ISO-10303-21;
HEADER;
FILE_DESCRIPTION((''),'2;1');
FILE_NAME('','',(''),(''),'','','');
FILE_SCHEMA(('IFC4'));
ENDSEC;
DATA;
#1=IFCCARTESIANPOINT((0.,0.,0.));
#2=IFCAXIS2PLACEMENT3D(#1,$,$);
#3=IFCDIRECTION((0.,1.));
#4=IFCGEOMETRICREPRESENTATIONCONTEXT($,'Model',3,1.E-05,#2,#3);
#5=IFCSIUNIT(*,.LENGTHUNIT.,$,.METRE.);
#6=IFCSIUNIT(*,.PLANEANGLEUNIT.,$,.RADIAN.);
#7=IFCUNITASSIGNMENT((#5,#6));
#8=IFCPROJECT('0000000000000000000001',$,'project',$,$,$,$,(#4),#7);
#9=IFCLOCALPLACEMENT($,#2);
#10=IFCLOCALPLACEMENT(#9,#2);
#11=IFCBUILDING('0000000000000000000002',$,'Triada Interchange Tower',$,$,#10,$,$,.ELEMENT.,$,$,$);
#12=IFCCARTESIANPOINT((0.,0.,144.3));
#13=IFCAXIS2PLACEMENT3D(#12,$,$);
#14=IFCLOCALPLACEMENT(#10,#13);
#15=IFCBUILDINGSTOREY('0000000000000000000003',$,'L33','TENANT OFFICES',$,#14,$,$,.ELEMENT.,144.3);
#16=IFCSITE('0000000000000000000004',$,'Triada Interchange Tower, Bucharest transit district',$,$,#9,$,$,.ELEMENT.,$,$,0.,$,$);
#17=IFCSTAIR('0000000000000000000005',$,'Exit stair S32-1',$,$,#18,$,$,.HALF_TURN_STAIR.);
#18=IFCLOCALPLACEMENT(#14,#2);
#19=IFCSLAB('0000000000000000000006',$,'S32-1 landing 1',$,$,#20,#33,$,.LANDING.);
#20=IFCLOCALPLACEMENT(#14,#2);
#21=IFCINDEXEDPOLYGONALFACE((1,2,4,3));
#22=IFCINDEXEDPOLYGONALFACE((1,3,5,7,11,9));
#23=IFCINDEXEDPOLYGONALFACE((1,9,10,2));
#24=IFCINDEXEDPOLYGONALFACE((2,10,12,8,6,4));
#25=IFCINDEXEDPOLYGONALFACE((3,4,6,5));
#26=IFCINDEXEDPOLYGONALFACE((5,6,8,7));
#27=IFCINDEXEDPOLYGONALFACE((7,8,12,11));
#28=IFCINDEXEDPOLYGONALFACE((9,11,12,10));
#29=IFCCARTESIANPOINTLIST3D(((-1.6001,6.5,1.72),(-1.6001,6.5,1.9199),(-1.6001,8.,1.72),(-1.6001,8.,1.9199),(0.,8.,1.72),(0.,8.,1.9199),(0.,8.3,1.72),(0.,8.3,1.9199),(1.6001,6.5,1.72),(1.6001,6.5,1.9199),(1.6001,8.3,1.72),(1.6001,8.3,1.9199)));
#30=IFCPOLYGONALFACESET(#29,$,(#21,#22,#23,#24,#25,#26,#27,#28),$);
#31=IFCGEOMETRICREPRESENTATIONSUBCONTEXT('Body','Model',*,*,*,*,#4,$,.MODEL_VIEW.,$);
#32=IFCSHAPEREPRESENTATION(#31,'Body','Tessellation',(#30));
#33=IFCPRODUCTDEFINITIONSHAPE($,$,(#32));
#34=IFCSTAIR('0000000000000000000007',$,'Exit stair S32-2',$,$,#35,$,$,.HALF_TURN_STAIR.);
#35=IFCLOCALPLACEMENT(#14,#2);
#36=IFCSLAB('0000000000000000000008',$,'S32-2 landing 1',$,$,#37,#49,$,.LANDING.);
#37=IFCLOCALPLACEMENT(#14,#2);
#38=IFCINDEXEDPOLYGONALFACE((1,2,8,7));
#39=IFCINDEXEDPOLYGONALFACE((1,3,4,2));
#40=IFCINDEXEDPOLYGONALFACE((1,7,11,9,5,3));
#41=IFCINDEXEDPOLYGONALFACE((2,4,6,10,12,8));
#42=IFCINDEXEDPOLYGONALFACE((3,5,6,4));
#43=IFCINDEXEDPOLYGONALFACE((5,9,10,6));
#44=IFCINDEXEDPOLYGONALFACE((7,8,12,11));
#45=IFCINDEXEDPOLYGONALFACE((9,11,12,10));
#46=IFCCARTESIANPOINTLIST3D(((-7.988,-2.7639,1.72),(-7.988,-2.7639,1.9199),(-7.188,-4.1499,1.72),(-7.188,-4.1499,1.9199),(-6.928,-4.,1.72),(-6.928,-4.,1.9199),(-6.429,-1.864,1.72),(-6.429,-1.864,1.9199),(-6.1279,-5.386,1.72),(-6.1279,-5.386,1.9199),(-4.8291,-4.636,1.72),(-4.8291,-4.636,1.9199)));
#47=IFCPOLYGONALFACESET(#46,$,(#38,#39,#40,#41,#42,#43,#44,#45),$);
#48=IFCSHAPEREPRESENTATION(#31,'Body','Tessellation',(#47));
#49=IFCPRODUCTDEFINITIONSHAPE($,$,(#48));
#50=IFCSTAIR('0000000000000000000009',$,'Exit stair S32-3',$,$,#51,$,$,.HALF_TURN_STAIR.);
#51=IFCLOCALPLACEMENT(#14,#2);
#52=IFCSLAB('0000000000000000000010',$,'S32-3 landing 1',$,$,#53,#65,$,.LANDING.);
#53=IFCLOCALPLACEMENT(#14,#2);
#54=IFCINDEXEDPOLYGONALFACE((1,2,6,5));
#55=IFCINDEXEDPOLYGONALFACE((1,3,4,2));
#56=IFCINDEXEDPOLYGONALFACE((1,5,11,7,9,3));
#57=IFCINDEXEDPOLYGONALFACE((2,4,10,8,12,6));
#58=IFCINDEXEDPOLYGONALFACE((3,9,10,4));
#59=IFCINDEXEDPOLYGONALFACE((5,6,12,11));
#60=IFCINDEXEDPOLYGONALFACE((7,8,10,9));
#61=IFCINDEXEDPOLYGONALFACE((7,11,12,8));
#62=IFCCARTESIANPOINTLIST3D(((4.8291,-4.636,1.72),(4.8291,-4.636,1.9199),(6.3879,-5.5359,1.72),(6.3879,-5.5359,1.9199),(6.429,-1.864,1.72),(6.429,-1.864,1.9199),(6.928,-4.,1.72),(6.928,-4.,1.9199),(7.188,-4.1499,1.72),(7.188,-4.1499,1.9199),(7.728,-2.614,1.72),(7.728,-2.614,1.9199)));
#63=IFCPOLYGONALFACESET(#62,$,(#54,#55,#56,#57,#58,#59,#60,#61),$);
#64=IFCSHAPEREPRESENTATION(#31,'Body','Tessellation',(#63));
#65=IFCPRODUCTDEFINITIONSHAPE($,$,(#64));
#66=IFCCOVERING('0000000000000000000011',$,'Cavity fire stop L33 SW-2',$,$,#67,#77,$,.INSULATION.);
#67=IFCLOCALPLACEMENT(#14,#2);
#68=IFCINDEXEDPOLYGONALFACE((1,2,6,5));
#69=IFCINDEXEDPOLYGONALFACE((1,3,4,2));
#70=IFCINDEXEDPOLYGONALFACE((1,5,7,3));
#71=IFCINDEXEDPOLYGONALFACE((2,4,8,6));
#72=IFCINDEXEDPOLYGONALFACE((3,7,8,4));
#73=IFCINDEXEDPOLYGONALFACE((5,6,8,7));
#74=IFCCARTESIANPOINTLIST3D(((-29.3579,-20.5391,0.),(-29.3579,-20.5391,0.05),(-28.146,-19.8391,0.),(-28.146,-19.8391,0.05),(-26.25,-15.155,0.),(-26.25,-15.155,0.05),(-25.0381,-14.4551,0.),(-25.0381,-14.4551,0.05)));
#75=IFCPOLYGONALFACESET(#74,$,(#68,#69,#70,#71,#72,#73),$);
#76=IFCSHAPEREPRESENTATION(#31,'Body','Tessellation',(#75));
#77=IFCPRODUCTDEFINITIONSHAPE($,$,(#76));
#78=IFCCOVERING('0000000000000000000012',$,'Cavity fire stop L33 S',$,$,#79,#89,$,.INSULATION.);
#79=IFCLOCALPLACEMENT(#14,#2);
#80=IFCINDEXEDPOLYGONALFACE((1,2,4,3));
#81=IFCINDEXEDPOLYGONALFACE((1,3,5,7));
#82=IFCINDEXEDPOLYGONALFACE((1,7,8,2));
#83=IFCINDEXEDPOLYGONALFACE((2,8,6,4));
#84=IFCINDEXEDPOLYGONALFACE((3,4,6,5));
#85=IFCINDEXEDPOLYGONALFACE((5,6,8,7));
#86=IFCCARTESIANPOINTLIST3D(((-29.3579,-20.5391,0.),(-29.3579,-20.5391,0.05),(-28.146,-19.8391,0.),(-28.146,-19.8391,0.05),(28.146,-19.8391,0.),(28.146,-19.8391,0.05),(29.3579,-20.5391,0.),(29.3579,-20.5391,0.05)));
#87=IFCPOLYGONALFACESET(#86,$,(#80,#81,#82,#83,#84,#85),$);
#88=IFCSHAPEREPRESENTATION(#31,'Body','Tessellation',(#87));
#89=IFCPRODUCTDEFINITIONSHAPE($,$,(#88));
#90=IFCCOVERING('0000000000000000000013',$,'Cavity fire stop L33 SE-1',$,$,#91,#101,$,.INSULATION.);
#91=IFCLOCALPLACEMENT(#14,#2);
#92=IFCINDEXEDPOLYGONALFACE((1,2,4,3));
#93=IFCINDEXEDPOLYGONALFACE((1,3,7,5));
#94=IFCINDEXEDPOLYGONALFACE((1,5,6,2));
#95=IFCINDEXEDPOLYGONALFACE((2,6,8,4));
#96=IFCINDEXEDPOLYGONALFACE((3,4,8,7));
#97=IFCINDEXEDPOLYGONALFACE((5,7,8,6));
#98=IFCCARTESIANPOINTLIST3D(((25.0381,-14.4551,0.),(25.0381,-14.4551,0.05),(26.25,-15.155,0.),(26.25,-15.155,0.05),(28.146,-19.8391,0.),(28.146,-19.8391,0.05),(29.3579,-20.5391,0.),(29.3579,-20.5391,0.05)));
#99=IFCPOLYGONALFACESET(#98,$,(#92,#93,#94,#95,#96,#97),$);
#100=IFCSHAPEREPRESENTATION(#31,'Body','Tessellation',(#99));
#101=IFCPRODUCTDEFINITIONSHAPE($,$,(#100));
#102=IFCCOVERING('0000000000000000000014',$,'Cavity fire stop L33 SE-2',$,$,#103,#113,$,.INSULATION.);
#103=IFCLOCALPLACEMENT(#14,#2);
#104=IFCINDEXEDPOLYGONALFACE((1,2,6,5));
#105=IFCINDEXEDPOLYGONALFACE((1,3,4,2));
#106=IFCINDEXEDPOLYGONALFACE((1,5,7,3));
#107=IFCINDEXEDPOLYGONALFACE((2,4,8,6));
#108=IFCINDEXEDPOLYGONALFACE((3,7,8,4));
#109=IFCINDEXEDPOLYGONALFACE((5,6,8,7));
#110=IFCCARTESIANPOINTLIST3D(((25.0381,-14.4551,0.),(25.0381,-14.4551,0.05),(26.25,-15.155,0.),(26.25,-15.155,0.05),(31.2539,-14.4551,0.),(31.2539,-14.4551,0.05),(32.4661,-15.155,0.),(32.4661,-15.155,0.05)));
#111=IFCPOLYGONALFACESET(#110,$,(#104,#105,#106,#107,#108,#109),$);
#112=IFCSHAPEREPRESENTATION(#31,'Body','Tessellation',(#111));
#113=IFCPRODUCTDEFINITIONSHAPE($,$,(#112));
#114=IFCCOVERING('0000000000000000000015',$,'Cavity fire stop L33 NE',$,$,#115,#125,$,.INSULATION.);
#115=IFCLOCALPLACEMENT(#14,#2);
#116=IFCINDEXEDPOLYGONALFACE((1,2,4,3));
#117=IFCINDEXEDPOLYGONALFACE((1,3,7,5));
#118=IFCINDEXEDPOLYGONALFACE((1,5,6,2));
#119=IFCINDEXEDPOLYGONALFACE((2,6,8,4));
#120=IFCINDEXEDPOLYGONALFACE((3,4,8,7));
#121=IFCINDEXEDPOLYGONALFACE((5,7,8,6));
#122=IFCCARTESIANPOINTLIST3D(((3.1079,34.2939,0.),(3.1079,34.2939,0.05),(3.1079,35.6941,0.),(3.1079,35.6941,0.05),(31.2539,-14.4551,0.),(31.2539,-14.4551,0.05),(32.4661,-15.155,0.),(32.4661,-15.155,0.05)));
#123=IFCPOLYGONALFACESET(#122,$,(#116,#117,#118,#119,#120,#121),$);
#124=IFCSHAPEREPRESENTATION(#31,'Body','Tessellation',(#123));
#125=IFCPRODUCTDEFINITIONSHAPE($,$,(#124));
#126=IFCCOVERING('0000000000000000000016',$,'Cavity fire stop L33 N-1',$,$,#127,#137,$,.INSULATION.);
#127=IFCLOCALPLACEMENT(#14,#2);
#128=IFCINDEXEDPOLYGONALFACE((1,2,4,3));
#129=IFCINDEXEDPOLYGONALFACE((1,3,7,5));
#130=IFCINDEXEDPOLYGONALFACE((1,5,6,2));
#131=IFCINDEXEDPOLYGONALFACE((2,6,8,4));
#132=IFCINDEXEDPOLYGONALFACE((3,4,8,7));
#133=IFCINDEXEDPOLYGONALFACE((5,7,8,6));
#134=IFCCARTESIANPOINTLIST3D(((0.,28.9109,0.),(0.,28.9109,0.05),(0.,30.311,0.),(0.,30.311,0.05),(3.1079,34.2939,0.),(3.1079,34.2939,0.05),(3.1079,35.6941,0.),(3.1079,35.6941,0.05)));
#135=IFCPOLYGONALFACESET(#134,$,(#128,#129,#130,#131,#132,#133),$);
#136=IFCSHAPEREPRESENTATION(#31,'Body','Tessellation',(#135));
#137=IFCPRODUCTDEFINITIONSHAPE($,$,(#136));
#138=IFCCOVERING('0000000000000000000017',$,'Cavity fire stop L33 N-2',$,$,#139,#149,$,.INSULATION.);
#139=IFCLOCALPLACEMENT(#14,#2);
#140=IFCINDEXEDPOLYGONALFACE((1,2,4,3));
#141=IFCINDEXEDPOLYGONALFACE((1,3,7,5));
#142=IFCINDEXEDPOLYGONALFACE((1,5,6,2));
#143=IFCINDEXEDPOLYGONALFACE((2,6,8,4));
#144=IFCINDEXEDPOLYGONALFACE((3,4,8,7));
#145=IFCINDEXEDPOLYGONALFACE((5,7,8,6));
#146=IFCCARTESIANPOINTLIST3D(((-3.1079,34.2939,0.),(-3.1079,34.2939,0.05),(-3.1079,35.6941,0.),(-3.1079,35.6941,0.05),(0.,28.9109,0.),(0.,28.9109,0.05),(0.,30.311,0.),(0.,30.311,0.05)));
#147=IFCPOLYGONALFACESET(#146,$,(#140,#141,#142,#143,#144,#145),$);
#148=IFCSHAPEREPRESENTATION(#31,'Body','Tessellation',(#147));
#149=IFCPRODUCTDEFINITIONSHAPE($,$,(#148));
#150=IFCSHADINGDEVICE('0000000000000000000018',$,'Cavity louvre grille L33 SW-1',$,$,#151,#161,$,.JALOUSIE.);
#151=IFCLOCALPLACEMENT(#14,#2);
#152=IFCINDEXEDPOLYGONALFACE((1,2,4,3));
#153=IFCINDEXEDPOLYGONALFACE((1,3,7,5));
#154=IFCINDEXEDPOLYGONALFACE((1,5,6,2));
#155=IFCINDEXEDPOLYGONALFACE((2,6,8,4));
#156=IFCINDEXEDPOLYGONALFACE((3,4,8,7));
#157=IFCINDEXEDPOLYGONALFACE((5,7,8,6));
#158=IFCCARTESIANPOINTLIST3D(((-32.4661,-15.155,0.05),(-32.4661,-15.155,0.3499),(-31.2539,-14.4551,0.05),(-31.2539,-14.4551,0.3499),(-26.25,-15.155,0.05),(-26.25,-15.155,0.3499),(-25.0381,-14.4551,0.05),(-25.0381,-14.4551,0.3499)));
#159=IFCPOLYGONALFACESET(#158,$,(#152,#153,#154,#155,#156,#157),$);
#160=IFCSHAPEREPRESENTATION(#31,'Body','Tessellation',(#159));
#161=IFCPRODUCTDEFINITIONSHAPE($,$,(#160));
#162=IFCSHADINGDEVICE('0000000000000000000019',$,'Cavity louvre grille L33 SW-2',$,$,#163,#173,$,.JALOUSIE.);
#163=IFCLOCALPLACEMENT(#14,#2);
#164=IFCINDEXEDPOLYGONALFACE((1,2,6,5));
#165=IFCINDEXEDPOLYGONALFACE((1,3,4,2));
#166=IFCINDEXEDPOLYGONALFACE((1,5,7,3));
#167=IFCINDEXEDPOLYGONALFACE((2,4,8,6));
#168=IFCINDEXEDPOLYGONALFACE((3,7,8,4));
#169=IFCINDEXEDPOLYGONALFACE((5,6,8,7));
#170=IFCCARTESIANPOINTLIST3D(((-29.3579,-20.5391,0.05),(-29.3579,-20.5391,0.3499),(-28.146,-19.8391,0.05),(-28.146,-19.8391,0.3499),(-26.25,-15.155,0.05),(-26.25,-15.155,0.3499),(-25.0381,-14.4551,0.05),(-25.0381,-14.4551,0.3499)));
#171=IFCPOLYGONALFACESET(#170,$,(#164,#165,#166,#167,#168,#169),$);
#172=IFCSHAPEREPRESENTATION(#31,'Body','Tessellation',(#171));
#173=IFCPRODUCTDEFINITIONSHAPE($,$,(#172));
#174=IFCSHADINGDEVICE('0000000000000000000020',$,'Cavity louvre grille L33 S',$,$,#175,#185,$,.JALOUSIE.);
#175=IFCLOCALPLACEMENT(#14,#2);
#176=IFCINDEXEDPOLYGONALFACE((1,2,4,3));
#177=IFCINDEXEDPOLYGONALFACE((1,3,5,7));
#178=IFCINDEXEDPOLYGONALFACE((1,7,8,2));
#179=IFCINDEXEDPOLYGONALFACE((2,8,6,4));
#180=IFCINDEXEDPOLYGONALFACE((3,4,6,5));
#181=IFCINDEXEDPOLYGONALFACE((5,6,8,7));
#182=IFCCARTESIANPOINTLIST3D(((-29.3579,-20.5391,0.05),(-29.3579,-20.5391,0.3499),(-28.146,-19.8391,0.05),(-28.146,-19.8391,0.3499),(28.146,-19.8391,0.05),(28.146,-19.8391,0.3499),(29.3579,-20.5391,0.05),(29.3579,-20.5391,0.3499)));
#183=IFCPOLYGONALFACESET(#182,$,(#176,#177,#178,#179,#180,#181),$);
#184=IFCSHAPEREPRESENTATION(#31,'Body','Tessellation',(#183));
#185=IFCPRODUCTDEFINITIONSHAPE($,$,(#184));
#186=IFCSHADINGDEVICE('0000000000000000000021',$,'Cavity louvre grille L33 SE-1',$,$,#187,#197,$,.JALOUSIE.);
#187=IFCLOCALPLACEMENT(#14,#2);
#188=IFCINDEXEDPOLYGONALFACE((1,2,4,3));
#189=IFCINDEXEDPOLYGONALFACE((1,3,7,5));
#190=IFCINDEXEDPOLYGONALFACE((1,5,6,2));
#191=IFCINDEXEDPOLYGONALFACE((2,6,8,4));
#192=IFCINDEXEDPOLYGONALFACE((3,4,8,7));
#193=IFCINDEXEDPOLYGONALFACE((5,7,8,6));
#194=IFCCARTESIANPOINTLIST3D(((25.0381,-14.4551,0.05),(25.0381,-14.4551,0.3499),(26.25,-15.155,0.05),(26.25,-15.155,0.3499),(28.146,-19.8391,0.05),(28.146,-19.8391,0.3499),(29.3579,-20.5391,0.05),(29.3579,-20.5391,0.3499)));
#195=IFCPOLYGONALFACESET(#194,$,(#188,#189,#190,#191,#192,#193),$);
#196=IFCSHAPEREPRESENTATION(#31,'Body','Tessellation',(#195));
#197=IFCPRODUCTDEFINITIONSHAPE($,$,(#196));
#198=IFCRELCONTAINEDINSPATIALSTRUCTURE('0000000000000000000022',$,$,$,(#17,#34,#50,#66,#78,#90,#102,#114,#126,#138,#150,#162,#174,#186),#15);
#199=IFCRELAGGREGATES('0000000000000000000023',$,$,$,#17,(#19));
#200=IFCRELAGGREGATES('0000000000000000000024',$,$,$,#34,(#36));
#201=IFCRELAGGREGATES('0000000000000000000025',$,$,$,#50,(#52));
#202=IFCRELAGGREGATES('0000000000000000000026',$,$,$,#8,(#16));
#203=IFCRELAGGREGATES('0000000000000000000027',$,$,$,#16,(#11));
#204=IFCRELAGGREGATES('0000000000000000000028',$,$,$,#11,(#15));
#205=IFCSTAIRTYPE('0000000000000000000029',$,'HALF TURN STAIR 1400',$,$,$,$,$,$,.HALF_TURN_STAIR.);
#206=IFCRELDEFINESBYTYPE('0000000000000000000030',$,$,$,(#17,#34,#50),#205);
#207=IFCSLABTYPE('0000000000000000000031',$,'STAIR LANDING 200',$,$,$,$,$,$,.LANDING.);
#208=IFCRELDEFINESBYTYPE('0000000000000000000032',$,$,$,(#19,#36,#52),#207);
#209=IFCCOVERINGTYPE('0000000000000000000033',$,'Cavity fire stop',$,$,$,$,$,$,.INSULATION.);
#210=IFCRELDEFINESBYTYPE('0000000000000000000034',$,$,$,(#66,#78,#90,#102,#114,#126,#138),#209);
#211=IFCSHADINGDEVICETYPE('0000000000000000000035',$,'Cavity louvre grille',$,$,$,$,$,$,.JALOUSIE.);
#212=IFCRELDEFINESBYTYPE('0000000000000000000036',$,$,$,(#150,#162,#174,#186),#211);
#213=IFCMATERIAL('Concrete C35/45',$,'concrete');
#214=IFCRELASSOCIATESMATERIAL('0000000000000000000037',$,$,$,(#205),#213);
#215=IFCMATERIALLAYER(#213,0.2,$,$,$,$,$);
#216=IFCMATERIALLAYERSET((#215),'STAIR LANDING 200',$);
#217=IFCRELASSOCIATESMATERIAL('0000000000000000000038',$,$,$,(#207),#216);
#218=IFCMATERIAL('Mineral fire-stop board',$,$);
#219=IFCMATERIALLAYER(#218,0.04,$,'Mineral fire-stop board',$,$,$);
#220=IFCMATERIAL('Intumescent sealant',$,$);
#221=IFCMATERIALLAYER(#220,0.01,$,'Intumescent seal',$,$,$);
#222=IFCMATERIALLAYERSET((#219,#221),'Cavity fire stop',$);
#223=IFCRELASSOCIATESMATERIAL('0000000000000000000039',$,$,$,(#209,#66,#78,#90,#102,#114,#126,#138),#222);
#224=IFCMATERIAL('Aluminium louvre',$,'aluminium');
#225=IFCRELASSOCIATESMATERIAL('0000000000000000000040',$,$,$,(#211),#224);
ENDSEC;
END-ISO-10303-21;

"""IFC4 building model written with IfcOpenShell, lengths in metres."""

from ifc_helpers import new_model, si_unit, direction, frame, origin, place, context, subcontext, project, spatial, polyline, outline, extrude, material, layer, layer_set, layer_usage, type_object, element, aggregate, save


model = new_model("IFC4")

# Units and contexts
model_context = context("Model", 3, precision=1e-05, world=origin(), true_north=direction((0.0, 1.0)))
body_context = subcontext(model_context, "Body", "Model", "MODEL_VIEW")
ifc_project = project(units=[si_unit("LENGTHUNIT", "METRE"), si_unit("PLANEANGLEUNIT", "RADIAN")], contexts=[model_context])

# Site, building, storey
site_placement = place(None, origin())
site = spatial("IfcSite", under=ifc_project, at=site_placement, Name="Triada Interchange Tower, Bucharest transit district", CompositionType="ELEMENT", RefElevation=0.0)
building_placement = place(site_placement, origin())
building = spatial("IfcBuilding", under=site, at=building_placement, Name="Triada Interchange Tower", CompositionType="ELEMENT")
storey_placement = place(building_placement, frame((0.0, 0.0, 144.3)))
storey = spatial("IfcBuildingStorey", under=building, at=storey_placement, Name="L33", Description="TENANT OFFICES", CompositionType="ELEMENT", Elevation=144.3)

# Stairs, slabs
ifc_material_1 = material(Name="Concrete C35/45", Category="concrete")
stair_type = type_object("IfcStairType", Name="HALF TURN STAIR 1400", PredefinedType="HALF_TURN_STAIR", material=ifc_material_1)
stair_1_placement = place(storey_placement, origin())
stair_1 = element("IfcStair", 1, at=stair_1_placement, inside=storey, type_object=stair_type, Name="Exit stair S32-1", PredefinedType="HALF_TURN_STAIR")
ifc_layer_1 = layer(ifc_material_1, 0.2)
ifc_layer_set_1 = layer_set([ifc_layer_1], Name="STAIR LANDING 200")
slab_type = type_object("IfcSlabType", Name="STAIR LANDING 200", PredefinedType="LANDING", material=ifc_layer_set_1)
slab_1_placement = place(storey_placement, frame((0.0, 0.0, 1.72)))
slab_1 = element("IfcSlab", 2, at=slab_1_placement, type_object=slab_type, Name="S32-1 landing 1", PredefinedType="LANDING", context=body_context, shape_type="SweptSolid", body=[
    extrude(outline(polyline([(1.6001, 6.5), (1.6001, 8.3), (0.0, 8.3), (0.0, 8.0), (-1.6001, 8.0), (-1.6001, 6.5), (1.6001, 6.5)])), origin(), (0.0, 0.0, 1.0), 0.2),
])
aggregate(stair_1, [slab_1])
stair_2_placement = place(storey_placement, origin())
stair_2 = element("IfcStair", 3, at=stair_2_placement, inside=storey, type_object=stair_type, Name="Exit stair S32-2", PredefinedType="HALF_TURN_STAIR")
slab_2_placement = place(storey_placement, frame((0.0, 0.0, 1.72)))
slab_2 = element("IfcSlab", 4, at=slab_2_placement, type_object=slab_type, Name="S32-2 landing 1", PredefinedType="LANDING", context=body_context, shape_type="SweptSolid", body=[
    extrude(outline(polyline([(-6.429, -1.864), (-7.988, -2.7639), (-7.188, -4.1499), (-6.928, -4.0), (-6.1279, -5.386), (-4.8291, -4.636), (-6.429, -1.864)])), origin(), (0.0, 0.0, 1.0), 0.2),
])
aggregate(stair_2, [slab_2])
stair_3_placement = place(storey_placement, origin())
stair_3 = element("IfcStair", 5, at=stair_3_placement, inside=storey, type_object=stair_type, Name="Exit stair S32-3", PredefinedType="HALF_TURN_STAIR")
slab_3_placement = place(storey_placement, frame((0.0, 0.0, 1.72)))
slab_3 = element("IfcSlab", 6, at=slab_3_placement, type_object=slab_type, Name="S32-3 landing 1", PredefinedType="LANDING", context=body_context, shape_type="SweptSolid", body=[
    extrude(outline(polyline([(4.8291, -4.636), (6.3879, -5.5359), (7.188, -4.1499), (6.928, -4.0), (7.728, -2.614), (6.429, -1.864), (4.8291, -4.636)])), origin(), (0.0, 0.0, 1.0), 0.2),
])
aggregate(stair_3, [slab_3])

# Coverings
ifc_material_2 = material(Name="Mineral fire-stop board")
ifc_layer_2 = layer(ifc_material_2, 0.04, Name="Mineral fire-stop board")
ifc_material_3 = material(Name="Intumescent sealant")
ifc_layer_3 = layer(ifc_material_3, 0.01, Name="Intumescent seal")
ifc_layer_set_2 = layer_set([ifc_layer_2, ifc_layer_3], Name="Cavity fire stop")
ifc_layer_usage = layer_usage(ifc_layer_set_2, "AXIS3", "POSITIVE", 0.0)
covering_type = type_object("IfcCoveringType", Name="Cavity fire stop", PredefinedType="INSULATION", material=ifc_layer_set_2)
covering_1_placement = place(storey_placement, origin())
element("IfcCovering", 7, at=covering_1_placement, inside=storey, type_object=covering_type, material=ifc_layer_usage, Name="Cavity fire stop L33 SW-2", PredefinedType="INSULATION", context=body_context, shape_type="SweptSolid", body=[
    extrude(outline(polyline([(-25.0381, -14.4551), (-26.25, -15.155), (-29.3579, -20.5391), (-28.146, -19.8391), (-25.0381, -14.4551)])), origin(), (0.0, 0.0, 1.0), 0.05),
])
covering_2_placement = place(storey_placement, origin())
element("IfcCovering", 8, at=covering_2_placement, inside=storey, type_object=covering_type, material=ifc_layer_usage, Name="Cavity fire stop L33 S", PredefinedType="INSULATION", context=body_context, shape_type="SweptSolid", body=[
    extrude(outline(polyline([(-28.146, -19.8391), (-29.3579, -20.5391), (29.3579, -20.5391), (28.146, -19.8391), (-28.146, -19.8391)])), origin(), (0.0, 0.0, 1.0), 0.05),
])
covering_3_placement = place(storey_placement, origin())
element("IfcCovering", 9, at=covering_3_placement, inside=storey, type_object=covering_type, material=ifc_layer_usage, Name="Cavity fire stop L33 SE-1", PredefinedType="INSULATION", context=body_context, shape_type="SweptSolid", body=[
    extrude(outline(polyline([(28.146, -19.8391), (29.3579, -20.5391), (26.25, -15.155), (25.0381, -14.4551), (28.146, -19.8391)])), origin(), (0.0, 0.0, 1.0), 0.05),
])
covering_4_placement = place(storey_placement, origin())
element("IfcCovering", 10, at=covering_4_placement, inside=storey, type_object=covering_type, material=ifc_layer_usage, Name="Cavity fire stop L33 SE-2", PredefinedType="INSULATION", context=body_context, shape_type="SweptSolid", body=[
    extrude(outline(polyline([(25.0381, -14.4551), (26.25, -15.155), (32.4661, -15.155), (31.2539, -14.4551), (25.0381, -14.4551)])), origin(), (0.0, 0.0, 1.0), 0.05),
])
covering_5_placement = place(storey_placement, origin())
element("IfcCovering", 11, at=covering_5_placement, inside=storey, type_object=covering_type, material=ifc_layer_usage, Name="Cavity fire stop L33 NE", PredefinedType="INSULATION", context=body_context, shape_type="SweptSolid", body=[
    extrude(outline(polyline([(31.2539, -14.4551), (32.4661, -15.155), (3.1079, 35.6941), (3.1079, 34.2939), (31.2539, -14.4551)])), origin(), (0.0, 0.0, 1.0), 0.05),
])
covering_6_placement = place(storey_placement, origin())
element("IfcCovering", 12, at=covering_6_placement, inside=storey, type_object=covering_type, material=ifc_layer_usage, Name="Cavity fire stop L33 N-1", PredefinedType="INSULATION", context=body_context, shape_type="SweptSolid", body=[
    extrude(outline(polyline([(3.1079, 34.2939), (3.1079, 35.6941), (0.0, 30.311), (0.0, 28.9109), (3.1079, 34.2939)])), origin(), (0.0, 0.0, 1.0), 0.05),
])
covering_7_placement = place(storey_placement, origin())
element("IfcCovering", 13, at=covering_7_placement, inside=storey, type_object=covering_type, material=ifc_layer_usage, Name="Cavity fire stop L33 N-2", PredefinedType="INSULATION", context=body_context, shape_type="SweptSolid", body=[
    extrude(outline(polyline([(0.0, 28.9109), (0.0, 30.311), (-3.1079, 35.6941), (-3.1079, 34.2939), (0.0, 28.9109)])), origin(), (0.0, 0.0, 1.0), 0.05),
])

# Shading devices
ifc_material_4 = material(Name="Aluminium louvre", Category="aluminium")
shading_device_type = type_object("IfcShadingDeviceType", Name="Cavity louvre grille", PredefinedType="JALOUSIE", material=ifc_material_4)
shading_device_1_placement = place(storey_placement, frame((0.0, 0.0, 0.05)))
element("IfcShadingDevice", 14, at=shading_device_1_placement, inside=storey, type_object=shading_device_type, Name="Cavity louvre grille L33 SW-1", PredefinedType="JALOUSIE", context=body_context, shape_type="SweptSolid", body=[
    extrude(outline(polyline([(-31.2539, -14.4551), (-32.4661, -15.155), (-26.25, -15.155), (-25.0381, -14.4551), (-31.2539, -14.4551)])), origin(), (0.0, 0.0, 1.0), 0.2998),
])
shading_device_2_placement = place(storey_placement, frame((0.0, 0.0, 0.05)))
element("IfcShadingDevice", 15, at=shading_device_2_placement, inside=storey, type_object=shading_device_type, Name="Cavity louvre grille L33 SW-2", PredefinedType="JALOUSIE", context=body_context, shape_type="SweptSolid", body=[
    extrude(outline(polyline([(-25.0381, -14.4551), (-26.25, -15.155), (-29.3579, -20.5391), (-28.146, -19.8391), (-25.0381, -14.4551)])), origin(), (0.0, 0.0, 1.0), 0.2998),
])
shading_device_3_placement = place(storey_placement, frame((0.0, 0.0, 0.05)))
element("IfcShadingDevice", 16, at=shading_device_3_placement, inside=storey, type_object=shading_device_type, Name="Cavity louvre grille L33 S", PredefinedType="JALOUSIE", context=body_context, shape_type="SweptSolid", body=[
    extrude(outline(polyline([(-28.146, -19.8391), (-29.3579, -20.5391), (29.3579, -20.5391), (28.146, -19.8391), (-28.146, -19.8391)])), origin(), (0.0, 0.0, 1.0), 0.2998),
])
shading_device_4_placement = place(storey_placement, frame((0.0, 0.0, 0.05)))
element("IfcShadingDevice", 17, at=shading_device_4_placement, inside=storey, type_object=shading_device_type, Name="Cavity louvre grille L33 SE-1", PredefinedType="JALOUSIE", context=body_context, shape_type="SweptSolid", body=[
    extrude(outline(polyline([(28.146, -19.8391), (29.3579, -20.5391), (26.25, -15.155), (25.0381, -14.4551), (28.146, -19.8391)])), origin(), (0.0, 0.0, 1.0), 0.2998),
])

save(model, "model.ifc")
